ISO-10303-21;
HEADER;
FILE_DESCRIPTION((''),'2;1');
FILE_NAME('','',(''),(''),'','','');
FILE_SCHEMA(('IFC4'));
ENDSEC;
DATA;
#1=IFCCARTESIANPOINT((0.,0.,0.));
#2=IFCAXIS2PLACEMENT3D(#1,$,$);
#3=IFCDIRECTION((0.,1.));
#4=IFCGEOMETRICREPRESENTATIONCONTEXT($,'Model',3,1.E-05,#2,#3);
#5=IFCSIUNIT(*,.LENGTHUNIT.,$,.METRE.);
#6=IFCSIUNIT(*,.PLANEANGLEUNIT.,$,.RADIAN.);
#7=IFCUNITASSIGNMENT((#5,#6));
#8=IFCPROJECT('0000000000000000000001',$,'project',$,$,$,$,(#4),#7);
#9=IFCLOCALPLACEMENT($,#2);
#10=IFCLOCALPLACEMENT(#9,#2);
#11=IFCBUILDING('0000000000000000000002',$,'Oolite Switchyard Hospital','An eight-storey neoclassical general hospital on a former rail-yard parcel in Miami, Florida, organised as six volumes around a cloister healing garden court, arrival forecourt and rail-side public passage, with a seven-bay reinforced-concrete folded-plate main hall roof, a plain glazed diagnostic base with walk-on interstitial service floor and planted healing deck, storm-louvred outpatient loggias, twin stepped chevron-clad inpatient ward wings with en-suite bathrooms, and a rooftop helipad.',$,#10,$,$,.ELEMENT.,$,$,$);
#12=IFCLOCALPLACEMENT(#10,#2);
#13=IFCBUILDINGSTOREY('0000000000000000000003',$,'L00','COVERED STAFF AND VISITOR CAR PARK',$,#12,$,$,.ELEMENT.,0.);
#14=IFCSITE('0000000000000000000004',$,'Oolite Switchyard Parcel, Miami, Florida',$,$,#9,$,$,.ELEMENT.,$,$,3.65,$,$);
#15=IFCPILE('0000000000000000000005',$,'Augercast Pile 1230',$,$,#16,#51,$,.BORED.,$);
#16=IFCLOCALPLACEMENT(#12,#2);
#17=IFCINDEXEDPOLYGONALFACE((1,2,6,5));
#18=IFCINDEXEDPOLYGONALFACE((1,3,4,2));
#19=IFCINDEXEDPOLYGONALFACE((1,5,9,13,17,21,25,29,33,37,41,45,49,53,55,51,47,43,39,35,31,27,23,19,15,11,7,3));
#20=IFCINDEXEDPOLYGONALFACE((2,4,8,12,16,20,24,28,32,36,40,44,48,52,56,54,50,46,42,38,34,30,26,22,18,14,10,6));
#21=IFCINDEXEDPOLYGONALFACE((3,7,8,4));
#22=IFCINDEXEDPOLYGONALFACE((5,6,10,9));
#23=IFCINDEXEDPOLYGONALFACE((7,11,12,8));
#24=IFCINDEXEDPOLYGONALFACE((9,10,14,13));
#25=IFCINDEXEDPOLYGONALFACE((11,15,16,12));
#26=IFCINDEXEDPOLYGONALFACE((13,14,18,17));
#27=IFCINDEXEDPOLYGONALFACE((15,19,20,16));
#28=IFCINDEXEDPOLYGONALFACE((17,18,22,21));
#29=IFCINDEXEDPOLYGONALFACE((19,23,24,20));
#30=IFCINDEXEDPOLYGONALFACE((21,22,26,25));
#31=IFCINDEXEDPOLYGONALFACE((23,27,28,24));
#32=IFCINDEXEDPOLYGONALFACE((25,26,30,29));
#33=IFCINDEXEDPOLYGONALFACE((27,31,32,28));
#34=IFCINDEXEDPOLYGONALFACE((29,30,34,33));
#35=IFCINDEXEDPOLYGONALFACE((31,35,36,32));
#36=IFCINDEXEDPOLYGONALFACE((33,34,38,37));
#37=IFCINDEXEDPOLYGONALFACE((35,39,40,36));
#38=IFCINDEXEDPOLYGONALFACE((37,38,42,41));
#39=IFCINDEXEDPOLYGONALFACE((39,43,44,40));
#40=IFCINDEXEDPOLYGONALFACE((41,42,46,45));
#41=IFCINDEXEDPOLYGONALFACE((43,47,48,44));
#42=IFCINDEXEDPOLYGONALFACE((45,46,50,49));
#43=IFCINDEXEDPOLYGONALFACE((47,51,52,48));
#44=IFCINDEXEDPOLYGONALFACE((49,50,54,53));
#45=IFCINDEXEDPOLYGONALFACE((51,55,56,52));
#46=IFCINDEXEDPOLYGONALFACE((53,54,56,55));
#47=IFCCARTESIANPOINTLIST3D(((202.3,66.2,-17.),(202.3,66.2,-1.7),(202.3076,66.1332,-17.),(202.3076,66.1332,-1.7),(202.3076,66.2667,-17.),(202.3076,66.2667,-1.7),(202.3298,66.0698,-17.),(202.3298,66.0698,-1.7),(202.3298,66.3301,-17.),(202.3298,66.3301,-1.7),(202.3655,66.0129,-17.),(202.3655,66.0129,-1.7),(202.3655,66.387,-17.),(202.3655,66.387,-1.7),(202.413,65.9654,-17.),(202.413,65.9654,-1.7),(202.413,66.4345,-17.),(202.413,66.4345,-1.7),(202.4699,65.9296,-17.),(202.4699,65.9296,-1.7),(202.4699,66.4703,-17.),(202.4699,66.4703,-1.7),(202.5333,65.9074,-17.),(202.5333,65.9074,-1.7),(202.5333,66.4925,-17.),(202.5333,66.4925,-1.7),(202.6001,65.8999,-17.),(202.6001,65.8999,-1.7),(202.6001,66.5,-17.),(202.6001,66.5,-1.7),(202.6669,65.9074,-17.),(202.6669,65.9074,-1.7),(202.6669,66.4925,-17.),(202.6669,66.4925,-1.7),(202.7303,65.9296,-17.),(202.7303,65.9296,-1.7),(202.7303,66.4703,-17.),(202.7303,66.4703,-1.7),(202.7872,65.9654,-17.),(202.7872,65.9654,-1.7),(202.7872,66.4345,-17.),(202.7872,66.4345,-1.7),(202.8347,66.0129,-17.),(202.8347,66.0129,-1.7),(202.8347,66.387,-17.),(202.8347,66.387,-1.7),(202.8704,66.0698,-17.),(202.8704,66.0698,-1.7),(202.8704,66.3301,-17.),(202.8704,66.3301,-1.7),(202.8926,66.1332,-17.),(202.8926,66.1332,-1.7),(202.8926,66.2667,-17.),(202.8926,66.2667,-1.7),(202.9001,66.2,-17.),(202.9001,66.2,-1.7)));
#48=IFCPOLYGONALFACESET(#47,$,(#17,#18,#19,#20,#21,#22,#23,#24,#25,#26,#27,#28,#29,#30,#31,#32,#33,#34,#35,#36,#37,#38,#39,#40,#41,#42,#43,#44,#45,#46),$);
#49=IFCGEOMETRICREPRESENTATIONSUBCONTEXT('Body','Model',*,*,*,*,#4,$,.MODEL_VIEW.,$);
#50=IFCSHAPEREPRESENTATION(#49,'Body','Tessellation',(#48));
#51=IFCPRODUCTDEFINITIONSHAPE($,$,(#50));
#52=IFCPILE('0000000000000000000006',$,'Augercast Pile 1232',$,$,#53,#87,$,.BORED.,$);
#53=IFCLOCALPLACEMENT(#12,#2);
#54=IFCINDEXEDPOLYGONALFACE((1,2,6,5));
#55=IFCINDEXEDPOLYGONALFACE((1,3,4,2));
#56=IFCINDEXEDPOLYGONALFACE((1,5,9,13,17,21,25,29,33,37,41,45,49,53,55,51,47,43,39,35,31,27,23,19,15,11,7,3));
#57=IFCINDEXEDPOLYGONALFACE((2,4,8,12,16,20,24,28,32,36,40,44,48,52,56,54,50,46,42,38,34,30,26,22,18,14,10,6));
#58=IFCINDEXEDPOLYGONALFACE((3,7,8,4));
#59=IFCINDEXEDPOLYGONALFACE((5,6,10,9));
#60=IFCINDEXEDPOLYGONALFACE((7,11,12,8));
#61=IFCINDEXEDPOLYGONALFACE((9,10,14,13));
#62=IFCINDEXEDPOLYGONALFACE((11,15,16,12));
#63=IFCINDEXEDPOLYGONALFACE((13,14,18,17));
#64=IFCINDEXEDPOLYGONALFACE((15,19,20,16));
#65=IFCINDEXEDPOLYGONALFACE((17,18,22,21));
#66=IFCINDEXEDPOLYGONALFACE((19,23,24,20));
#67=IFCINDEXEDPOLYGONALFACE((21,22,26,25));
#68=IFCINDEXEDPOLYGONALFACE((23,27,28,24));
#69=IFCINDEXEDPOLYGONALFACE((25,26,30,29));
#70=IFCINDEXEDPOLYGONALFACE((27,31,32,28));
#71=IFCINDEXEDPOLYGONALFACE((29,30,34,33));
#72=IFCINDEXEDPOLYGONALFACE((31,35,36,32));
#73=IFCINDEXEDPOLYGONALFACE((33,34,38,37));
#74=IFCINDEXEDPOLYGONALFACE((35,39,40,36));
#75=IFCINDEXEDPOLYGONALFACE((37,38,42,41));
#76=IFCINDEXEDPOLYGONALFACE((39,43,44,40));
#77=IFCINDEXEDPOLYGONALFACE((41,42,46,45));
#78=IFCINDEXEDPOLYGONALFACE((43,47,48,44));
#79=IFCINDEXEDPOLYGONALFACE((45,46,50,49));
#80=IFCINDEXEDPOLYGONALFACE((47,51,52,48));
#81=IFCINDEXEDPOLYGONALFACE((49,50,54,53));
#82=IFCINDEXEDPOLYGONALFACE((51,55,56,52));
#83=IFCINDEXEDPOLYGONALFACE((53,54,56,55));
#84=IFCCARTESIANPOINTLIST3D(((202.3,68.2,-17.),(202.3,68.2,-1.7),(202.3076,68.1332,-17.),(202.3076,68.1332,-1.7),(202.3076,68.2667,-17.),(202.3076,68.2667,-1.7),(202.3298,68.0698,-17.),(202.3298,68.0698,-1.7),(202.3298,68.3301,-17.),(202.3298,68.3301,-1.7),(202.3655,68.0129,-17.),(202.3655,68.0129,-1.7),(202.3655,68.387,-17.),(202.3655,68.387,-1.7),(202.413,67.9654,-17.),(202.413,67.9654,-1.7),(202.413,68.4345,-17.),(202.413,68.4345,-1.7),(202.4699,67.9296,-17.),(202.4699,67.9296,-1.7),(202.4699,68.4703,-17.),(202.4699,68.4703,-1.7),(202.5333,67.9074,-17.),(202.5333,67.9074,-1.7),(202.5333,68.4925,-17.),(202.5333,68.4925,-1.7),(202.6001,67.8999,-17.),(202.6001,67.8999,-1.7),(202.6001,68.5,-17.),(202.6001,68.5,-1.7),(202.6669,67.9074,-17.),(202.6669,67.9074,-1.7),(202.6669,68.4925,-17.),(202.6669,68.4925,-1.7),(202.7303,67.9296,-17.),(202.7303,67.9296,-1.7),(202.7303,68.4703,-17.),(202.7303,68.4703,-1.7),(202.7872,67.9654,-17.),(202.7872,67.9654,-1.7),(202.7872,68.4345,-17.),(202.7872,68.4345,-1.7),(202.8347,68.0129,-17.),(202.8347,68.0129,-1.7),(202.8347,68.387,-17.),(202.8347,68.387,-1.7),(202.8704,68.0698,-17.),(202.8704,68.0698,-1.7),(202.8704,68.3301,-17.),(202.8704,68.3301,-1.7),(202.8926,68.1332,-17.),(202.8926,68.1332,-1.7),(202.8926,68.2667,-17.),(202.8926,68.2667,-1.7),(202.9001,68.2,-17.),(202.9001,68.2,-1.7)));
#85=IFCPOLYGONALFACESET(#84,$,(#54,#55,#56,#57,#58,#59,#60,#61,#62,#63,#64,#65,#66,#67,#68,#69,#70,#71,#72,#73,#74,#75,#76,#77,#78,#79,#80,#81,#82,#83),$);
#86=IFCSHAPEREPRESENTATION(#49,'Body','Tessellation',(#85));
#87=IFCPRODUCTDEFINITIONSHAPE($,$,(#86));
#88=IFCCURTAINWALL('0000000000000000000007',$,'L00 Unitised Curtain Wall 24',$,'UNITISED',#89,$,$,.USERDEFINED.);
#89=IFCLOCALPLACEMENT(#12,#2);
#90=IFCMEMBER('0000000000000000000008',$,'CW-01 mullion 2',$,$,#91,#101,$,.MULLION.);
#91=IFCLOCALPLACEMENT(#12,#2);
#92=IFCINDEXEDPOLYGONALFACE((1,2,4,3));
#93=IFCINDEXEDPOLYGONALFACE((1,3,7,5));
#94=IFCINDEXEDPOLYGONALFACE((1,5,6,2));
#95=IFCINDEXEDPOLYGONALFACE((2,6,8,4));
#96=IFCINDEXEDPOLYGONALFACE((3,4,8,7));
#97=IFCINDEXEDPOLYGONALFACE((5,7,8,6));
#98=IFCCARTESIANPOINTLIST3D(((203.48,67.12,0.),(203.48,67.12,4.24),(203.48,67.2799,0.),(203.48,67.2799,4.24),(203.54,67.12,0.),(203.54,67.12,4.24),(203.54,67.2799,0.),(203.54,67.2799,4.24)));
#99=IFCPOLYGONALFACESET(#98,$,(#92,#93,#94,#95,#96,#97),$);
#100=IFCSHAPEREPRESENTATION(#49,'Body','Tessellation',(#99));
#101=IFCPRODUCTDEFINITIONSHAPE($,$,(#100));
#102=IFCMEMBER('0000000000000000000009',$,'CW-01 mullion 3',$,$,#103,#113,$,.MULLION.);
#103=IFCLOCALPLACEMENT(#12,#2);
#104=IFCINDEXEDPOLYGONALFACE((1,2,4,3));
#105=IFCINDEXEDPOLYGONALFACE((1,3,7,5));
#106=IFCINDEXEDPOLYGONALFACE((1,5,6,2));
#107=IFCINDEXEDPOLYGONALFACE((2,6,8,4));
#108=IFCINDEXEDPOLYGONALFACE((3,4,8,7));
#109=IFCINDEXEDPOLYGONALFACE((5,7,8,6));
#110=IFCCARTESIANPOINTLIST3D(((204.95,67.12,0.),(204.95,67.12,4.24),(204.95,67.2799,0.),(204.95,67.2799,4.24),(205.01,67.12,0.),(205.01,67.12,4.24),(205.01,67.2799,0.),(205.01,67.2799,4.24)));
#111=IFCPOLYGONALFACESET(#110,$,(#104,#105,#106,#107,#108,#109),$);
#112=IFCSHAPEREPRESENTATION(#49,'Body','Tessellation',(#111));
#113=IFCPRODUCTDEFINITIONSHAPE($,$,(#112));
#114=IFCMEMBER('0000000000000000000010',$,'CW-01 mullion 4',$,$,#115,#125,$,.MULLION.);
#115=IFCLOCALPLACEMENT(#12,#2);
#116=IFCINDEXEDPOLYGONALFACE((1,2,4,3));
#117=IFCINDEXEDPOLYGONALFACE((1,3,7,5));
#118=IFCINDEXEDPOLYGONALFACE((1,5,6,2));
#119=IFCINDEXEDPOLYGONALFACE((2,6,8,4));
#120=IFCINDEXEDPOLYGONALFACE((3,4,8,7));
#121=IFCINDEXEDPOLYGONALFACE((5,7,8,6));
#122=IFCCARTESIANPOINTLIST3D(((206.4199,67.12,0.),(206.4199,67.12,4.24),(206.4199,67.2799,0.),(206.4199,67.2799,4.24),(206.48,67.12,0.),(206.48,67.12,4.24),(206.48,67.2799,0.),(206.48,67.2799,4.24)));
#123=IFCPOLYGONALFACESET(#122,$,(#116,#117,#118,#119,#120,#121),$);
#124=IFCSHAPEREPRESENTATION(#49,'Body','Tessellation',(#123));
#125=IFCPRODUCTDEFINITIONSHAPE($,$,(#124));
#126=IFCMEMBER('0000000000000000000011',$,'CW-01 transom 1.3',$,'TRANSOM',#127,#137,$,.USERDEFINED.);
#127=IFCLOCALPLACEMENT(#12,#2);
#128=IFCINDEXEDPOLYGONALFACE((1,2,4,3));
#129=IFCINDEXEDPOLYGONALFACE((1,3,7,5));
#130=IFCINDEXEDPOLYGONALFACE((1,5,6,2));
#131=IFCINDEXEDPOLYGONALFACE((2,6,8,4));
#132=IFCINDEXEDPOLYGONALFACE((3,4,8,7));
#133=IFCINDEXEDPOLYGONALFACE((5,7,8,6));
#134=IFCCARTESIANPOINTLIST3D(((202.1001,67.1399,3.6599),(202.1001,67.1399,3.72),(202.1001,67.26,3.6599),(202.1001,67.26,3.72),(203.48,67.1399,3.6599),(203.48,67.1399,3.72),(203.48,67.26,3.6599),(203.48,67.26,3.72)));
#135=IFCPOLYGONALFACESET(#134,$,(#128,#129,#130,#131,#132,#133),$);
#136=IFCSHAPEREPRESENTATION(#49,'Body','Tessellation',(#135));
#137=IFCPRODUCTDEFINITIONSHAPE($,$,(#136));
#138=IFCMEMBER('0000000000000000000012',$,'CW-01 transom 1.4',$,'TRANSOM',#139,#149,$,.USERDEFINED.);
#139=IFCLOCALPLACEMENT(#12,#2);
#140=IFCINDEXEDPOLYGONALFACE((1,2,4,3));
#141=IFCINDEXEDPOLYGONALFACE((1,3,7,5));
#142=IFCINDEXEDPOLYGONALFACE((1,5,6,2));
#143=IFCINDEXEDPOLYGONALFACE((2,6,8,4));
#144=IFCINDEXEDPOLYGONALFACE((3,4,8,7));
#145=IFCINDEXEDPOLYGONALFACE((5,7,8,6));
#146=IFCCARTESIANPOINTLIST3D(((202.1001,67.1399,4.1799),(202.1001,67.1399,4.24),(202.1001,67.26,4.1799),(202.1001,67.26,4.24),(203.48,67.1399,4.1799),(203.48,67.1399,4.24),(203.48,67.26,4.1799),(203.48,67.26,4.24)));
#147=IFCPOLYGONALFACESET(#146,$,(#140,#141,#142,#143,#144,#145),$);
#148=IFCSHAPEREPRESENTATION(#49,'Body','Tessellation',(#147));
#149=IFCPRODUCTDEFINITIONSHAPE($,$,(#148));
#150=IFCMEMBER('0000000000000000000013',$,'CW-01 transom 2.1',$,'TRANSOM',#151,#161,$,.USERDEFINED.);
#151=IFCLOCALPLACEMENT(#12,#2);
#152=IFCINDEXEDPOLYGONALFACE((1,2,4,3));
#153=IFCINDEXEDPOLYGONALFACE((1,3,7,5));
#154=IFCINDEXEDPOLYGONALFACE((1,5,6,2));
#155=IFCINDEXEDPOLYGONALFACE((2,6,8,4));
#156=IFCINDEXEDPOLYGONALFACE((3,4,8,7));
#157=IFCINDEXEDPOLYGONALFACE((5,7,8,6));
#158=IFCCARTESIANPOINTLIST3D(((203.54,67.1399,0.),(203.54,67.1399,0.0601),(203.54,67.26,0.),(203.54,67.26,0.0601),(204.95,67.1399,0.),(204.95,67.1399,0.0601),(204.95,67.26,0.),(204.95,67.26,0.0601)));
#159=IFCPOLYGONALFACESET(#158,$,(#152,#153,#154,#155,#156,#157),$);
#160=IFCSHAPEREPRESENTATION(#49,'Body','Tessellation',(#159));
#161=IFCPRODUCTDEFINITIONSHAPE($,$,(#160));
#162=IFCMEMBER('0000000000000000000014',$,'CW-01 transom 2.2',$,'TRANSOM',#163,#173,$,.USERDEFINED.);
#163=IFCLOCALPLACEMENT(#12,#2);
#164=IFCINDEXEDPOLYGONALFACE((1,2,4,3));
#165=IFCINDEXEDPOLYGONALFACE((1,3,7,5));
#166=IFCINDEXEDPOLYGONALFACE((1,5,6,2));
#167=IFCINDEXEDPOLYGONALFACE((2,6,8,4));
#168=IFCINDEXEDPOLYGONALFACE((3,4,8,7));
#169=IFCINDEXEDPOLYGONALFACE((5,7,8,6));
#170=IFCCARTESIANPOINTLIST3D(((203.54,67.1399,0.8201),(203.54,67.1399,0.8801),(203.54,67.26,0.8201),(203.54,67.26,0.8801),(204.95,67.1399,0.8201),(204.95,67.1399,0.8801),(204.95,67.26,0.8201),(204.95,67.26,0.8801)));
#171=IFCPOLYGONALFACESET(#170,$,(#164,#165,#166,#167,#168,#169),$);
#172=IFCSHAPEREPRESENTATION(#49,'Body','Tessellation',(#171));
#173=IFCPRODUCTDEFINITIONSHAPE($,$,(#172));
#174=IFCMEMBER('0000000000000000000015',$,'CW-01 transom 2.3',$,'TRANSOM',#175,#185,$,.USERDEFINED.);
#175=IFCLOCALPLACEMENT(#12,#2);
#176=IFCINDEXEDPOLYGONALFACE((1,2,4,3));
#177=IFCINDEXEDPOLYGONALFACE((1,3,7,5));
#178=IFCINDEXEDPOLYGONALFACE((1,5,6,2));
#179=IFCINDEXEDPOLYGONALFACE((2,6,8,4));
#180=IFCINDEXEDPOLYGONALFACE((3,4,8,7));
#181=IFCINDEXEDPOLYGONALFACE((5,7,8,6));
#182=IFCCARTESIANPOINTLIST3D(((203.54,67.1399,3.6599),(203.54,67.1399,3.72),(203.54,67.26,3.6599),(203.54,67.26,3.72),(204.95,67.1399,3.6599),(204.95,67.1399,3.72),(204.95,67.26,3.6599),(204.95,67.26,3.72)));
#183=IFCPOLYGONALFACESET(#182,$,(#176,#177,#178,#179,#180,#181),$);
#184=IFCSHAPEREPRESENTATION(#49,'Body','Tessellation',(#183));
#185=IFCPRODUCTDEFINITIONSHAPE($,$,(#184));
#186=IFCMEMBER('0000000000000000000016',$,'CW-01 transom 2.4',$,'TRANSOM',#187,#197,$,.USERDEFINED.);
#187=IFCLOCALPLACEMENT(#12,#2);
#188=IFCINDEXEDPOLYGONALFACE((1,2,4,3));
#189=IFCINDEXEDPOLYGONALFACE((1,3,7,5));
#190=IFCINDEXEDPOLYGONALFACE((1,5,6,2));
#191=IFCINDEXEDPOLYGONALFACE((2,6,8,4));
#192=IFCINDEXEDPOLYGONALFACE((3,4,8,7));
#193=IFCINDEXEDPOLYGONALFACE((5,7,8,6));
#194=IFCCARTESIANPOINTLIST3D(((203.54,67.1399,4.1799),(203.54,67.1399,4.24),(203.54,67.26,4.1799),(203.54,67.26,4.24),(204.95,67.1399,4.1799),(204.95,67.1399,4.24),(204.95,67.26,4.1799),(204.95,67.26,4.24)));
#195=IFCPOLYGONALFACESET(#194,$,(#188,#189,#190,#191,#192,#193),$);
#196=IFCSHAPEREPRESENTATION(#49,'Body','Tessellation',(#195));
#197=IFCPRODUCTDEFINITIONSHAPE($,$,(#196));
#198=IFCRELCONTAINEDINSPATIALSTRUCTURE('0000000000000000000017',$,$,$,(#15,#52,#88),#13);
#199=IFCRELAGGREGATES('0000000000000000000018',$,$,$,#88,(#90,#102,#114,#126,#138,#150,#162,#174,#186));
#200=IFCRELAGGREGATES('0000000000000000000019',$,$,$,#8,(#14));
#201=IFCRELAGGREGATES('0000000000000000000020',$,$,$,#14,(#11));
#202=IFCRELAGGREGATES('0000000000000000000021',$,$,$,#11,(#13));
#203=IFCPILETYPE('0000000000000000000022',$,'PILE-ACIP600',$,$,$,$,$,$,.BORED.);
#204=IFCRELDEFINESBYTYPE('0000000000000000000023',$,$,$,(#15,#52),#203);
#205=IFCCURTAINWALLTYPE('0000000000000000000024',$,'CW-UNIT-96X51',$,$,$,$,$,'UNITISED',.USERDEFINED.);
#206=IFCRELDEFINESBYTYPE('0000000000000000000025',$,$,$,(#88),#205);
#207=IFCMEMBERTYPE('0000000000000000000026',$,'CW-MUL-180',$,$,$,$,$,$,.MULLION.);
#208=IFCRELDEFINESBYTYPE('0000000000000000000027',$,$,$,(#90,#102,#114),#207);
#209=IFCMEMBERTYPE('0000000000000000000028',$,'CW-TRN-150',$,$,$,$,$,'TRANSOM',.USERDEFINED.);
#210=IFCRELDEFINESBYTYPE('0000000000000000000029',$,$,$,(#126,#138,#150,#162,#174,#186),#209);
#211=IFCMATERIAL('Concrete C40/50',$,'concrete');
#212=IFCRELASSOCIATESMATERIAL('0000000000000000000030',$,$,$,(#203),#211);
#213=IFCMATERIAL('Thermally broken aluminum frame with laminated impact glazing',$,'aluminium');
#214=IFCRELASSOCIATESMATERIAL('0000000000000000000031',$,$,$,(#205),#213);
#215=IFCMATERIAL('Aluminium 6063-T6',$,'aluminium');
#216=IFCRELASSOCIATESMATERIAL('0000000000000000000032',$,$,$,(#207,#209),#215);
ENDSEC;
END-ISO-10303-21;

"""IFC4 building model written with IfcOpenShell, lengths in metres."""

from ifc_helpers import new_model, si_unit, direction, frame, origin, origin_2d, place, context, subcontext, project, spatial, rectangle, circle, extrude, material, material_profile, profile_set, type_object, element, aggregate, save


model = new_model("IFC4")

# Units and contexts
model_context = context("Model", 3, precision=1e-05, world=origin(), true_north=direction((0.0, 1.0)))
body_context = subcontext(model_context, "Body", "Model", "MODEL_VIEW")
ifc_project = project(units=[si_unit("LENGTHUNIT", "METRE"), si_unit("PLANEANGLEUNIT", "RADIAN")], contexts=[model_context])

# Site, building, storey
site_placement = place(None, origin())
site = spatial("IfcSite", under=ifc_project, at=site_placement, Name="Oolite Switchyard Parcel, Miami, Florida", CompositionType="ELEMENT", RefElevation=3.65)
building_placement = place(site_placement, origin())
building = spatial("IfcBuilding", under=site, at=building_placement, Name="Oolite Switchyard Hospital", Description="An eight-storey neoclassical general hospital on a former rail-yard parcel in Miami, Florida, organised as six volumes around a cloister healing garden court, arrival forecourt and rail-side public passage, with a seven-bay reinforced-concrete folded-plate main hall roof, a plain glazed diagnostic base with walk-on interstitial service floor and planted healing deck, storm-louvred outpatient loggias, twin stepped chevron-clad inpatient ward wings with en-suite bathrooms, and a rooftop helipad.", CompositionType="ELEMENT")
storey_placement = place(building_placement, origin())
storey = spatial("IfcBuildingStorey", under=building, at=storey_placement, Name="L00", Description="COVERED STAFF AND VISITOR CAR PARK", CompositionType="ELEMENT", Elevation=0.0)

# Piles
ifc_material_1 = material(Name="Concrete C40/50", Category="concrete")
ifc_material_profile_1 = material_profile(ifc_material_1, circle(Radius=0.3, at=origin_2d()), Name="PILE600")
ifc_profile_set_1 = profile_set([ifc_material_profile_1], Name="Concrete C40/50")
pile_type = type_object("IfcPileType", Name="PILE-ACIP600", PredefinedType="BORED", material=ifc_profile_set_1)
for number, where, z_axis, x_axis, name in (
    (1, (202.6001, 66.2, -1.7), (0.0, 0.0, -1.0), (1.0, 0.0, 0.0), "Augercast Pile 1230"),
    (2, (202.6001, 68.2, -1.7), (0.0, 0.0, -1.0), (1.0, 0.0, 0.0), "Augercast Pile 1232"),
):
    element("IfcPile", number, at=place(storey_placement, frame(where, z_axis=z_axis, x_axis=x_axis)), inside=storey, type_object=pile_type, Name=name, PredefinedType="BORED", context=body_context, shape_type="SweptSolid", body=[
        extrude(circle(Radius=0.3, at=origin_2d()), origin(), (0.0, 0.0, 1.0), 15.3),
    ])

# Curtain wall, members
ifc_material_2 = material(Name="Thermally broken aluminum frame with laminated impact glazing", Category="aluminium")
curtain_wall_type = type_object("IfcCurtainWallType", Name="CW-UNIT-96X51", ElementType="UNITISED", PredefinedType="USERDEFINED", material=ifc_material_2)
curtain_wall_placement = place(storey_placement, origin())
curtain_wall = element("IfcCurtainWall", 3, at=curtain_wall_placement, inside=storey, type_object=curtain_wall_type, Name="L00 Unitised Curtain Wall 24", ObjectType="UNITISED", PredefinedType="USERDEFINED")
ifc_material_3 = material(Name="Aluminium 6063-T6", Category="aluminium")
ifc_material_profile_2 = material_profile(ifc_material_3, rectangle(XDim=0.1599, YDim=0.0601, at=origin_2d()), Name="CWM60X160")
ifc_profile_set_2 = profile_set([ifc_material_profile_2], Name="Aluminium 6063-T6")
member_type_1 = type_object("IfcMemberType", Name="CW-MUL-180", PredefinedType="MULLION", material=ifc_profile_set_2)
member_1_placement = place(storey_placement, frame((203.51, 67.2, 0.0), z_axis=(0.0, 0.0, 1.0), x_axis=(0.0, 1.0, 0.0)))
member_1 = element("IfcMember", 4, at=member_1_placement, type_object=member_type_1, Name="CW-01 mullion 2", PredefinedType="MULLION", context=body_context, shape_type="SweptSolid", body=[
    extrude(rectangle(XDim=0.1599, YDim=0.0601, at=origin_2d()), origin(), (0.0, 0.0, 1.0), 4.24),
])
member_2_placement = place(storey_placement, frame((204.98, 67.2, 0.0), z_axis=(0.0, 0.0, 1.0), x_axis=(0.0, 1.0, 0.0)))
member_2 = element("IfcMember", 5, at=member_2_placement, type_object=member_type_1, Name="CW-01 mullion 3", PredefinedType="MULLION", context=body_context, shape_type="SweptSolid", body=[
    extrude(rectangle(XDim=0.1599, YDim=0.0601, at=origin_2d()), origin(), (0.0, 0.0, 1.0), 4.24),
])
member_3_placement = place(storey_placement, frame((206.45, 67.2, 0.0), z_axis=(0.0, 0.0, 1.0), x_axis=(0.0, 1.0, 0.0)))
member_3 = element("IfcMember", 6, at=member_3_placement, type_object=member_type_1, Name="CW-01 mullion 4", PredefinedType="MULLION", context=body_context, shape_type="SweptSolid", body=[
    extrude(rectangle(XDim=0.1599, YDim=0.0601, at=origin_2d()), origin(), (0.0, 0.0, 1.0), 4.24),
])
ifc_material_profile_3 = material_profile(ifc_material_3, rectangle(XDim=0.1201, YDim=0.0601, at=origin_2d()), Name="CWT60X120")
ifc_profile_set_3 = profile_set([ifc_material_profile_3], Name="Aluminium 6063-T6")
member_type_2 = type_object("IfcMemberType", Name="CW-TRN-150", ElementType="TRANSOM", PredefinedType="USERDEFINED", material=ifc_profile_set_3)
member_4_placement = place(storey_placement, frame((202.1001, 67.2, 3.6899), z_axis=(1.0, 0.0, 0.0), x_axis=(0.0, 1.0, 0.0)))
member_4 = element("IfcMember", 7, at=member_4_placement, type_object=member_type_2, Name="CW-01 transom 1.3", ObjectType="TRANSOM", PredefinedType="USERDEFINED", context=body_context, shape_type="SweptSolid", body=[
    extrude(rectangle(XDim=0.1201, YDim=0.0601, at=origin_2d()), origin(), (0.0, 0.0, 1.0), 1.3799),
])
member_5_placement = place(storey_placement, frame((202.1001, 67.2, 4.21), z_axis=(1.0, 0.0, 0.0), x_axis=(0.0, 1.0, 0.0)))
member_5 = element("IfcMember", 8, at=member_5_placement, type_object=member_type_2, Name="CW-01 transom 1.4", ObjectType="TRANSOM", PredefinedType="USERDEFINED", context=body_context, shape_type="SweptSolid", body=[
    extrude(rectangle(XDim=0.1201, YDim=0.0601, at=origin_2d()), origin(), (0.0, 0.0, 1.0), 1.3799),
])
member_6_placement = place(storey_placement, frame((203.54, 67.2, 0.03), z_axis=(1.0, 0.0, 0.0), x_axis=(0.0, 1.0, 0.0)))
member_6 = element("IfcMember", 9, at=member_6_placement, type_object=member_type_2, Name="CW-01 transom 2.1", ObjectType="TRANSOM", PredefinedType="USERDEFINED", context=body_context, shape_type="SweptSolid", body=[
    extrude(rectangle(XDim=0.1201, YDim=0.0601, at=origin_2d()), origin(), (0.0, 0.0, 1.0), 1.4099),
])
member_7_placement = place(storey_placement, frame((203.54, 67.2, 0.8501), z_axis=(1.0, 0.0, 0.0), x_axis=(0.0, 1.0, 0.0)))
member_7 = element("IfcMember", 10, at=member_7_placement, type_object=member_type_2, Name="CW-01 transom 2.2", ObjectType="TRANSOM", PredefinedType="USERDEFINED", context=body_context, shape_type="SweptSolid", body=[
    extrude(rectangle(XDim=0.1201, YDim=0.0601, at=origin_2d()), origin(), (0.0, 0.0, 1.0), 1.4099),
])
member_8_placement = place(storey_placement, frame((203.54, 67.2, 3.6899), z_axis=(1.0, 0.0, 0.0), x_axis=(0.0, 1.0, 0.0)))
member_8 = element("IfcMember", 11, at=member_8_placement, type_object=member_type_2, Name="CW-01 transom 2.3", ObjectType="TRANSOM", PredefinedType="USERDEFINED", context=body_context, shape_type="SweptSolid", body=[
    extrude(rectangle(XDim=0.1201, YDim=0.0601, at=origin_2d()), origin(), (0.0, 0.0, 1.0), 1.4099),
])
member_9_placement = place(storey_placement, frame((203.54, 67.2, 4.21), z_axis=(1.0, 0.0, 0.0), x_axis=(0.0, 1.0, 0.0)))
member_9 = element("IfcMember", 12, at=member_9_placement, type_object=member_type_2, Name="CW-01 transom 2.4", ObjectType="TRANSOM", PredefinedType="USERDEFINED", context=body_context, shape_type="SweptSolid", body=[
    extrude(rectangle(XDim=0.1201, YDim=0.0601, at=origin_2d()), origin(), (0.0, 0.0, 1.0), 1.4099),
])
aggregate(curtain_wall, [member_1, member_2, member_3, member_4, member_5, member_6, member_7, member_8, member_9])

save(model, "model.ifc")
